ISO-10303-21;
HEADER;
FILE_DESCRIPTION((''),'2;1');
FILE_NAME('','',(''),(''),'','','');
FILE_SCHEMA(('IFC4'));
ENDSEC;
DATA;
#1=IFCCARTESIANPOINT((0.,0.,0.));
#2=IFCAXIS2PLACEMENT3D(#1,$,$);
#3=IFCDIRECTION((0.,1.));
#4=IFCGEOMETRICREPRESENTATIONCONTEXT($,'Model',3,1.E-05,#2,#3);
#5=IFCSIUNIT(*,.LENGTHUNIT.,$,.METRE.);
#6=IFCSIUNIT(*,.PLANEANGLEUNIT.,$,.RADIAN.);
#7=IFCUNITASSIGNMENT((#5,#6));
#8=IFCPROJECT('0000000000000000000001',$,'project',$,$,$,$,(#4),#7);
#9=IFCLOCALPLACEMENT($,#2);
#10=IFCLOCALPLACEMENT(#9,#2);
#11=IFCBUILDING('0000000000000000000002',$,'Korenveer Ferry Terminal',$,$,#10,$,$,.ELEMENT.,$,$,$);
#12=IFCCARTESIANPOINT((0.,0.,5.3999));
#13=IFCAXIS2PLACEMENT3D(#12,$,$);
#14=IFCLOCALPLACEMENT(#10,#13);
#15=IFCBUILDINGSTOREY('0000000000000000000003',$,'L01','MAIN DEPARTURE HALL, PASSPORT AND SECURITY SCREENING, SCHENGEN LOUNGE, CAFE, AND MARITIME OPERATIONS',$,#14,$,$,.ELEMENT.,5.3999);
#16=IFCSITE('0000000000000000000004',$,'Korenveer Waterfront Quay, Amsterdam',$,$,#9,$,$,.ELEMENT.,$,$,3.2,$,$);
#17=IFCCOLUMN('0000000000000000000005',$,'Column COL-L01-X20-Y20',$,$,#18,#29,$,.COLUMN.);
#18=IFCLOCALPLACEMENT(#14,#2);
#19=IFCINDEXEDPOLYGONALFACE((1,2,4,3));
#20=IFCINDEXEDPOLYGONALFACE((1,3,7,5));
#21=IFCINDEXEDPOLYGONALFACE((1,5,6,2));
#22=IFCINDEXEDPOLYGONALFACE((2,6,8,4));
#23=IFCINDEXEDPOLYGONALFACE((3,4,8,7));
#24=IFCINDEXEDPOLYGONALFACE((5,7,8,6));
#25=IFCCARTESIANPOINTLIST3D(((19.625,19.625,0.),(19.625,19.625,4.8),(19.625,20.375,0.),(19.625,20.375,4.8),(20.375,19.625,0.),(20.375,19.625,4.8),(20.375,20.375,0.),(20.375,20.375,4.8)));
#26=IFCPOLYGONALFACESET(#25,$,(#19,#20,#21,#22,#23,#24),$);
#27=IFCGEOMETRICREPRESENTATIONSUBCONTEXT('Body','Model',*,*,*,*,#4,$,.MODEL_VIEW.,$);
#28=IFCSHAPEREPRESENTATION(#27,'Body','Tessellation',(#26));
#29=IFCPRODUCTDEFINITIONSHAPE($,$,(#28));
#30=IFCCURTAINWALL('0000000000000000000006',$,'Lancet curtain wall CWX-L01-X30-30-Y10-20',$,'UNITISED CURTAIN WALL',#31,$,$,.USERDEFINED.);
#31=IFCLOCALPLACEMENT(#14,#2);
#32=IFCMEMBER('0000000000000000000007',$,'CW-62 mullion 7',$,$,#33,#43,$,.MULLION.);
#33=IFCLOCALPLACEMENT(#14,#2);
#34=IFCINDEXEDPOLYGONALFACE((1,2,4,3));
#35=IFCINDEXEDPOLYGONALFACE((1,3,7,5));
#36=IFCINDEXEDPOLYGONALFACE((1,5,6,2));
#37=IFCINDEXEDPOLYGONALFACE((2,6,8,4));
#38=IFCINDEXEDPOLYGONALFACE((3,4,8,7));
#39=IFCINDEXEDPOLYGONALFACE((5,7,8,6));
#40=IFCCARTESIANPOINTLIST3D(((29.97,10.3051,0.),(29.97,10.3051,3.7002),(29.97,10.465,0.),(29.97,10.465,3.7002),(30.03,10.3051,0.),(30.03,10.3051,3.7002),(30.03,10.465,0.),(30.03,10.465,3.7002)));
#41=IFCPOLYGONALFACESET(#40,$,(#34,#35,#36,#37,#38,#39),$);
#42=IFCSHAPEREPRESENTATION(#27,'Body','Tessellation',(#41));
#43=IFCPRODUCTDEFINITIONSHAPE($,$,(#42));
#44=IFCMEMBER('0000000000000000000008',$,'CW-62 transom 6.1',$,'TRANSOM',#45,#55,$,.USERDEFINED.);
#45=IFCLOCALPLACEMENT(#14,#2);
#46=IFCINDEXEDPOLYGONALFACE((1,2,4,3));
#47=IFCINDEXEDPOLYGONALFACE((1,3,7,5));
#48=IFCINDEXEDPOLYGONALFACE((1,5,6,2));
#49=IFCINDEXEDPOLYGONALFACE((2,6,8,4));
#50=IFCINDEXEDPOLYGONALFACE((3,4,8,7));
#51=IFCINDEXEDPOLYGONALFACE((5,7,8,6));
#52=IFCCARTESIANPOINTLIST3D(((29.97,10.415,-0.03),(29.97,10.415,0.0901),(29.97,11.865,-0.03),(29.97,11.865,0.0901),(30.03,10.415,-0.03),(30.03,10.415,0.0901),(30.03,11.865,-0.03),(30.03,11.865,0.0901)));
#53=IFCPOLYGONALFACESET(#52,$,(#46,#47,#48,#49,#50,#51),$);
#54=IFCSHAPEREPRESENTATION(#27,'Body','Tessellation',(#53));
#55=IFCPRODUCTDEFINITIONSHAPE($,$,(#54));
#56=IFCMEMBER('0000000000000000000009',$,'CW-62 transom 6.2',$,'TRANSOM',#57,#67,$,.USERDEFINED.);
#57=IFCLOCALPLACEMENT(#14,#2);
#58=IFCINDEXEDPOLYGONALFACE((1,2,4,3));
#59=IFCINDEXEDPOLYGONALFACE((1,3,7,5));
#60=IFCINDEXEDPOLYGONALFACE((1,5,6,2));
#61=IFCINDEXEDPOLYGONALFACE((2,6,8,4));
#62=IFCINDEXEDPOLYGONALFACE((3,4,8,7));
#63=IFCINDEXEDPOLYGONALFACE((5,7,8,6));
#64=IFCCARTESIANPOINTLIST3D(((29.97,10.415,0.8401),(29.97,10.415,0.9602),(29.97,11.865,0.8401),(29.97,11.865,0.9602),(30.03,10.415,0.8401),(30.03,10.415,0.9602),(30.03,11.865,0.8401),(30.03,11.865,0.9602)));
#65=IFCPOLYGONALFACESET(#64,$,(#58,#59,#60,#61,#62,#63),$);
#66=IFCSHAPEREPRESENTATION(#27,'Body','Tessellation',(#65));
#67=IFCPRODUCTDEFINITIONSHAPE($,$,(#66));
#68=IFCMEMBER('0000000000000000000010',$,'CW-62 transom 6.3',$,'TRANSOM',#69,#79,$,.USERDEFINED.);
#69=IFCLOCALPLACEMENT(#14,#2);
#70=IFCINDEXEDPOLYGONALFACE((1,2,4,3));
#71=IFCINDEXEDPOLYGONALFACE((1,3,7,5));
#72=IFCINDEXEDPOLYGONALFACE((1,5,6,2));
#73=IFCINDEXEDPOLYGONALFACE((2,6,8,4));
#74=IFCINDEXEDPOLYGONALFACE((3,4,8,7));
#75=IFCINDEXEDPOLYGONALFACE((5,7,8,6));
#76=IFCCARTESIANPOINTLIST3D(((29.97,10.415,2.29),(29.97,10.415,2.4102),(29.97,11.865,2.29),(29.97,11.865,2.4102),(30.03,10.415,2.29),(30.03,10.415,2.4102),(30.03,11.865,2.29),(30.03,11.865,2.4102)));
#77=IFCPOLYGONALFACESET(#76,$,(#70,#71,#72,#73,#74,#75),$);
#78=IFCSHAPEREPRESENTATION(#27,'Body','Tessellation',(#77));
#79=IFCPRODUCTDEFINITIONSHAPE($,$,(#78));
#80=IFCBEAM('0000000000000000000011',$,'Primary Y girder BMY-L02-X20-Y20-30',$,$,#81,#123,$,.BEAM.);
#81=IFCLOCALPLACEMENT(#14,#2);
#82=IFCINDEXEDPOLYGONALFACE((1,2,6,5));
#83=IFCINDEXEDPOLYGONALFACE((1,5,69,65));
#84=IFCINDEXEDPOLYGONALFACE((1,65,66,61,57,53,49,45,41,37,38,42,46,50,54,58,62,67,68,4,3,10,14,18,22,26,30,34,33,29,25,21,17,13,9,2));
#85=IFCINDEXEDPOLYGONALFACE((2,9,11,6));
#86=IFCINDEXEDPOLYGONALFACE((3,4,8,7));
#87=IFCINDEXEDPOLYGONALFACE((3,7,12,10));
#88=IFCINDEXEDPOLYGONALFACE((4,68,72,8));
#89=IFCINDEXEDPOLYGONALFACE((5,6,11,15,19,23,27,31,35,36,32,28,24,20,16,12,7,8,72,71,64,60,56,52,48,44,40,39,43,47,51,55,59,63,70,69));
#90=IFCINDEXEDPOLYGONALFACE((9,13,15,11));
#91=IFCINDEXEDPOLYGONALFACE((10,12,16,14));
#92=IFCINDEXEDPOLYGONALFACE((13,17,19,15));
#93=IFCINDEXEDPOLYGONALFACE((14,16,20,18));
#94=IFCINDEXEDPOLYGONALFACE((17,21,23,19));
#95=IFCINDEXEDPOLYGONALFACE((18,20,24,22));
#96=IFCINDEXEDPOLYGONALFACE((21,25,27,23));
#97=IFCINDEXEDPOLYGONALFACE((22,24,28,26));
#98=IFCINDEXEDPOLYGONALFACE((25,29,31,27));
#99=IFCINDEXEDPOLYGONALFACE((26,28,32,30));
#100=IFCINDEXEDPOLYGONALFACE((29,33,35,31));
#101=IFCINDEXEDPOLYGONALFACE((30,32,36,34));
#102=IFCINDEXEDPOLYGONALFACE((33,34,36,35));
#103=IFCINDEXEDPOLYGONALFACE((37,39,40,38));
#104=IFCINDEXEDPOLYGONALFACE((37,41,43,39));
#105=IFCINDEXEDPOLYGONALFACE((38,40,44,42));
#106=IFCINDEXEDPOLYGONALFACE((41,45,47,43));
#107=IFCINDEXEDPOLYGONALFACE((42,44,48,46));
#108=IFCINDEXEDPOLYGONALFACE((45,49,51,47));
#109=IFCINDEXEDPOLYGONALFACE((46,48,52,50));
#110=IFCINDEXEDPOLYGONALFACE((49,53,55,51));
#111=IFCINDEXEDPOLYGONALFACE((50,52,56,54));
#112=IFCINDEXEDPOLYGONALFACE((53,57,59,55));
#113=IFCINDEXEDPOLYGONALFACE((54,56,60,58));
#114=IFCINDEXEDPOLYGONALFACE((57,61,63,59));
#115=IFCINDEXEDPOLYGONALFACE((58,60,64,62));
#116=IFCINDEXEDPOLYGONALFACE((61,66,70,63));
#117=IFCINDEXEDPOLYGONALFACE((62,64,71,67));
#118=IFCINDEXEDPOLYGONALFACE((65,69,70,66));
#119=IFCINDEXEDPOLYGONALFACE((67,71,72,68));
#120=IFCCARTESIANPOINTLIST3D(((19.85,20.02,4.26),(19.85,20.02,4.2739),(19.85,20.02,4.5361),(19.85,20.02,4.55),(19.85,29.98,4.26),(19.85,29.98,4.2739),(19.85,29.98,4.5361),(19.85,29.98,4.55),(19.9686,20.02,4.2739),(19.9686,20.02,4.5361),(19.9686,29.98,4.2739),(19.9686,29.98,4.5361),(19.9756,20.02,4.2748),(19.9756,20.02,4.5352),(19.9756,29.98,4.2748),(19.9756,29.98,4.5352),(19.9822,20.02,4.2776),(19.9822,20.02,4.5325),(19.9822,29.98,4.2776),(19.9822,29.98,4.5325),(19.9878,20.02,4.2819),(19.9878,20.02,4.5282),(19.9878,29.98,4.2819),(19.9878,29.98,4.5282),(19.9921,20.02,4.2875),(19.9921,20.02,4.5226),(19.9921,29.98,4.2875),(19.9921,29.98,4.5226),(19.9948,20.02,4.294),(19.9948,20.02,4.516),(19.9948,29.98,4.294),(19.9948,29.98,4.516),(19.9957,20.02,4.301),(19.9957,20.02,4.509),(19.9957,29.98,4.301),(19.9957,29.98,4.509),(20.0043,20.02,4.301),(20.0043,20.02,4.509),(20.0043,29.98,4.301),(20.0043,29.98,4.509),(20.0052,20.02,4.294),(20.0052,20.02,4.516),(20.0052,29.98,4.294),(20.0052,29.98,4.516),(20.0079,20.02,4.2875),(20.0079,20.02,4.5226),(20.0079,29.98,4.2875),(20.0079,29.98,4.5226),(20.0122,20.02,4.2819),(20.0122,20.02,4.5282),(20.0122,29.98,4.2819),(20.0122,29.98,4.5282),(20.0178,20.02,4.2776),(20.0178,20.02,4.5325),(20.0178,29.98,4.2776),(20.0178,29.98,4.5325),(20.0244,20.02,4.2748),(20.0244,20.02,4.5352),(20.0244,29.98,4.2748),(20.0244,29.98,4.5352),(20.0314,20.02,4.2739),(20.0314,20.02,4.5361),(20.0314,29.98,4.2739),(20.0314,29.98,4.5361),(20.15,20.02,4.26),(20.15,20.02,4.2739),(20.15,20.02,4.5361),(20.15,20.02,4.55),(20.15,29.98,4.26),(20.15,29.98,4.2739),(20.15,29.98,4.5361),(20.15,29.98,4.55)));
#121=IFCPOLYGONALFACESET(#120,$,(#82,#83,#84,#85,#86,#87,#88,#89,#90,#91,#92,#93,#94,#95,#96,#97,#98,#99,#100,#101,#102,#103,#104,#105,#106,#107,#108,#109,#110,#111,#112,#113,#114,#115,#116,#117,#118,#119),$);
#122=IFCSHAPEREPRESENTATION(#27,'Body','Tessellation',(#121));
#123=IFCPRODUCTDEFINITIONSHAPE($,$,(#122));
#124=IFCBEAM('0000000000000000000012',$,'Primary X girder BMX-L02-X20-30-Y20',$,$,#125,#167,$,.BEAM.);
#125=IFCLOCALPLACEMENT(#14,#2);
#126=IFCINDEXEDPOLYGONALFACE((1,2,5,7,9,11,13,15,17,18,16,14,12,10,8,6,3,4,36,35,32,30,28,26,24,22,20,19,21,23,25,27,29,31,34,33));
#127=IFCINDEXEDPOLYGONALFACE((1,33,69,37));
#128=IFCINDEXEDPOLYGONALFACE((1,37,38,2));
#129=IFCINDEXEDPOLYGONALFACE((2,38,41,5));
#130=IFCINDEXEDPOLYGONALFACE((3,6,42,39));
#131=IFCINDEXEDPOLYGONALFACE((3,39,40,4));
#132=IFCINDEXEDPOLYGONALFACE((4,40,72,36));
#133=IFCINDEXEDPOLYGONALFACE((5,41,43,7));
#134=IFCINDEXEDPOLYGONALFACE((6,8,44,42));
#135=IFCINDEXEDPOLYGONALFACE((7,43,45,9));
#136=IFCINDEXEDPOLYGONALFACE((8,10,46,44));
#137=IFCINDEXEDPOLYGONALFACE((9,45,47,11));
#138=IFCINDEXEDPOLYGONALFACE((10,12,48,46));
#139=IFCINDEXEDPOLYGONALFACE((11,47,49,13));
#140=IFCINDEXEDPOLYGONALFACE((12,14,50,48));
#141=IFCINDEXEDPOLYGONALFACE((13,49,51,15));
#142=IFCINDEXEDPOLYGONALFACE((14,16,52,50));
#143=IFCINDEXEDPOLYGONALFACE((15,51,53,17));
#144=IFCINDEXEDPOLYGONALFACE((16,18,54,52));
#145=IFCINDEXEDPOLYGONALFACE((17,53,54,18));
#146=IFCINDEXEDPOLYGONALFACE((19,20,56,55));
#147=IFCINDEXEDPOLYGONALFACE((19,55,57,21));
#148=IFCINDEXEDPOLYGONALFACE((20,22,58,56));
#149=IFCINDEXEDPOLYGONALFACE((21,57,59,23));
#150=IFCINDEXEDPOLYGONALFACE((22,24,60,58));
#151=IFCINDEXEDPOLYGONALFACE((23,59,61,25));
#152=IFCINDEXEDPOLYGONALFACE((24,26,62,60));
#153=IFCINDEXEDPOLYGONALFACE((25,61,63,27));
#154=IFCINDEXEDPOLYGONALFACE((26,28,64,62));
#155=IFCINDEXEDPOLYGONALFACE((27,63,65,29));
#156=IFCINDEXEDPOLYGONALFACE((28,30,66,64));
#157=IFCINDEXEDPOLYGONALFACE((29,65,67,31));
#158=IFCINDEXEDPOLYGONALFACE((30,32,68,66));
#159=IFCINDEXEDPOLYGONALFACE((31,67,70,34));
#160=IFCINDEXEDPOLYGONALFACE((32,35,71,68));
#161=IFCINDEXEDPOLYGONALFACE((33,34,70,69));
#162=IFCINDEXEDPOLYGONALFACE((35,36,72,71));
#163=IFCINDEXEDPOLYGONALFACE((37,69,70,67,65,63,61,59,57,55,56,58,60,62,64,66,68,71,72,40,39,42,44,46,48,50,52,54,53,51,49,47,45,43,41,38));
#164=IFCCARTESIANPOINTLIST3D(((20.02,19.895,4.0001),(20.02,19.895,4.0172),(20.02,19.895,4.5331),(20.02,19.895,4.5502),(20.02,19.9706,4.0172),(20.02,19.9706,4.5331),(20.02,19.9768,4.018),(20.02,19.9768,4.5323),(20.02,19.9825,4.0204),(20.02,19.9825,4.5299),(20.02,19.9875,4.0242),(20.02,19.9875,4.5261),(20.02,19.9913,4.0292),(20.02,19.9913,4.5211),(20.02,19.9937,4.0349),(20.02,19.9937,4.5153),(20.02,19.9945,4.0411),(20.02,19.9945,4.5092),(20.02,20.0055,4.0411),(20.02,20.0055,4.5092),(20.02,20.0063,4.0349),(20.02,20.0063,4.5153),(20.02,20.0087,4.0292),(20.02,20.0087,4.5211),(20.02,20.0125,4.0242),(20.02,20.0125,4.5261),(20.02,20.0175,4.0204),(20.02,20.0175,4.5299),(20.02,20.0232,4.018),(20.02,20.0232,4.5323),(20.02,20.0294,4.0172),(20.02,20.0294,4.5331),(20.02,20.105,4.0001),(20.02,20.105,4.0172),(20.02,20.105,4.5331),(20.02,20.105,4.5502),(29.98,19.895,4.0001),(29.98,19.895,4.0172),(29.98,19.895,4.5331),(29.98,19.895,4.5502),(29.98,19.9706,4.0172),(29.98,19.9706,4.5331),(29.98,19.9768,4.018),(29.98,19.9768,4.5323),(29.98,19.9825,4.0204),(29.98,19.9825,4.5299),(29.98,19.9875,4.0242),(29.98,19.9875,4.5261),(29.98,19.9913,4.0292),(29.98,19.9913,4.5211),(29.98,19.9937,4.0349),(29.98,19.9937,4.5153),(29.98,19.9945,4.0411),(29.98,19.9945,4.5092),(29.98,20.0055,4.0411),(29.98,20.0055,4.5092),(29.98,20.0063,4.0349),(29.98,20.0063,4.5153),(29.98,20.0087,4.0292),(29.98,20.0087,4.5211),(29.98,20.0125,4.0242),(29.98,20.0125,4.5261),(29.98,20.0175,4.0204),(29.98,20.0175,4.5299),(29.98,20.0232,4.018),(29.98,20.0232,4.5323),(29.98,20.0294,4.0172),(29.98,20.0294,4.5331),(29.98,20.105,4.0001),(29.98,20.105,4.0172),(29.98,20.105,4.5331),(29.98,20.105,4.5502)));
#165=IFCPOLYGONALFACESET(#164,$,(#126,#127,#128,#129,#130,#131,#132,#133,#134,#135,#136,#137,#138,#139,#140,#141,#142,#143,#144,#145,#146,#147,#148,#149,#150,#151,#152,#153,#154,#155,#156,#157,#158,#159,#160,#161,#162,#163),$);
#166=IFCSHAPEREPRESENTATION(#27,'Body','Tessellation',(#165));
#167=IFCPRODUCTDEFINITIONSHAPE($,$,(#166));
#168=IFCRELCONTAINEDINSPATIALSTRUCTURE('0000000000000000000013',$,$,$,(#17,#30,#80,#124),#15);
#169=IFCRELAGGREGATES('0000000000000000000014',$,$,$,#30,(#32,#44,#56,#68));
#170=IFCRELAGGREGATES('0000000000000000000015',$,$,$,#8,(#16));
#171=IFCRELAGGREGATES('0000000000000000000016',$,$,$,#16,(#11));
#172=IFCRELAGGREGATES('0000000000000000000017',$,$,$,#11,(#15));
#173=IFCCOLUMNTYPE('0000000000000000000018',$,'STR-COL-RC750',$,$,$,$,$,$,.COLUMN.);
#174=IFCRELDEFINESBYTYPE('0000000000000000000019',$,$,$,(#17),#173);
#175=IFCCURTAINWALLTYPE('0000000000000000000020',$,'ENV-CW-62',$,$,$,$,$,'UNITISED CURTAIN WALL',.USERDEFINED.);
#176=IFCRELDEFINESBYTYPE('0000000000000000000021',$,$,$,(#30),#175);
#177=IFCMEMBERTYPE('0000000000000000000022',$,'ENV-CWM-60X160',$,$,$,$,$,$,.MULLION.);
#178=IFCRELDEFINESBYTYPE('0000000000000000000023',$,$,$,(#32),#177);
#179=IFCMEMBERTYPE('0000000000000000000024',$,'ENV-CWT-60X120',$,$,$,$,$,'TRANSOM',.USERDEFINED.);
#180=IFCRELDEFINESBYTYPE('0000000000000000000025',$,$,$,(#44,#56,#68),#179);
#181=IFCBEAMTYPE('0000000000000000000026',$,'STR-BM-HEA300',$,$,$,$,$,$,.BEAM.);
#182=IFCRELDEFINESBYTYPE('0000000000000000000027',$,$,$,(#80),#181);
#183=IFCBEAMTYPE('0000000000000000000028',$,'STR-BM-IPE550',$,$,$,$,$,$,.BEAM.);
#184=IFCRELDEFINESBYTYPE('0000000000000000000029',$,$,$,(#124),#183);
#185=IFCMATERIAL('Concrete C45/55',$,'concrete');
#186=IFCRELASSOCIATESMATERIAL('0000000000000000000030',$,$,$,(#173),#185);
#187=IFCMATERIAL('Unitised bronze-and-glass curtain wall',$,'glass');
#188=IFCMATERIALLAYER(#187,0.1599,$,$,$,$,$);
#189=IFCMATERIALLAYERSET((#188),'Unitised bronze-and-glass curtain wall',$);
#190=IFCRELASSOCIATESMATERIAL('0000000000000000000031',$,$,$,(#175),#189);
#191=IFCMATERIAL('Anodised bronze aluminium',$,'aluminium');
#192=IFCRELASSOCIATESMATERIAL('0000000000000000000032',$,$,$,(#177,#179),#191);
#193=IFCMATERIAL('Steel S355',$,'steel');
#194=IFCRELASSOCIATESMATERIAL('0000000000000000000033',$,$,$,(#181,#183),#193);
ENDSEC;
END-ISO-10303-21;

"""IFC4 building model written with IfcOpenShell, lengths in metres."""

from ifc_helpers import new_model, si_unit, direction, frame, origin, origin_2d, place, context, subcontext, project, spatial, rectangle, i_section, extrude, material, layer, layer_set, material_profile, profile_set, type_object, element, aggregate, save


model = new_model("IFC4")

# Units and contexts
model_context = context("Model", 3, precision=1e-05, world=origin(), true_north=direction((0.0, 1.0)))
body_context = subcontext(model_context, "Body", "Model", "MODEL_VIEW")
ifc_project = project(units=[si_unit("LENGTHUNIT", "METRE"), si_unit("PLANEANGLEUNIT", "RADIAN")], contexts=[model_context])

# Site, building, storey
site_placement = place(None, origin())
site = spatial("IfcSite", under=ifc_project, at=site_placement, Name="Korenveer Waterfront Quay, Amsterdam", CompositionType="ELEMENT", RefElevation=3.2)
building_placement = place(site_placement, origin())
building = spatial("IfcBuilding", under=site, at=building_placement, Name="Korenveer Ferry Terminal", CompositionType="ELEMENT")
storey_placement = place(building_placement, frame((0.0, 0.0, 5.3999)))
storey = spatial("IfcBuildingStorey", under=building, at=storey_placement, Name="L01", Description="MAIN DEPARTURE HALL, PASSPORT AND SECURITY SCREENING, SCHENGEN LOUNGE, CAFE, AND MARITIME OPERATIONS", CompositionType="ELEMENT", Elevation=5.3999)

# Column
ifc_material_1 = material(Name="Concrete C45/55", Category="concrete")
ifc_material_profile_1 = material_profile(ifc_material_1, rectangle(XDim=0.75, YDim=0.75, at=origin_2d()), Name="RC 750x750")
ifc_profile_set_1 = profile_set([ifc_material_profile_1], Name="Concrete C45/55")
column_type = type_object("IfcColumnType", Name="STR-COL-RC750", PredefinedType="COLUMN", material=ifc_profile_set_1)
column_placement = place(storey_placement, frame((20.0, 20.0, 0.0), z_axis=(0.0, 0.0, 1.0), x_axis=(1.0, 0.0, 0.0)))
element("IfcColumn", 1, at=column_placement, inside=storey, type_object=column_type, Name="Column COL-L01-X20-Y20", PredefinedType="COLUMN", context=body_context, shape_type="SweptSolid", body=[
    extrude(rectangle(XDim=0.75, YDim=0.75, at=origin_2d()), origin(), (0.0, 0.0, 1.0), 4.8),
])

# Curtain wall, members
ifc_material_2 = material(Name="Unitised bronze-and-glass curtain wall", Category="glass")
ifc_layer_1 = layer(ifc_material_2, 0.1599)
ifc_layer_set_1 = layer_set([ifc_layer_1], Name="Unitised bronze-and-glass curtain wall")
curtain_wall_type = type_object("IfcCurtainWallType", Name="ENV-CW-62", ElementType="UNITISED CURTAIN WALL", PredefinedType="USERDEFINED", material=ifc_layer_set_1)
curtain_wall_placement = place(storey_placement, frame((30.0, 19.595, 0.0)))
curtain_wall = element("IfcCurtainWall", 2, at=curtain_wall_placement, inside=storey, type_object=curtain_wall_type, Name="Lancet curtain wall CWX-L01-X30-30-Y10-20", ObjectType="UNITISED CURTAIN WALL", PredefinedType="USERDEFINED")
ifc_material_3 = material(Name="Anodised bronze aluminium", Category="aluminium")
ifc_material_profile_2 = material_profile(ifc_material_3, rectangle(XDim=0.0601, YDim=0.1599, at=origin_2d()), Name="ALU 60x160")
ifc_profile_set_2 = profile_set([ifc_material_profile_2], Name="Anodised bronze aluminium")
member_type_1 = type_object("IfcMemberType", Name="ENV-CWM-60X160", PredefinedType="MULLION", material=ifc_profile_set_2)
member_1_placement = place(storey_placement, frame((30.0, 10.385, 0.0), z_axis=(0.0, 0.0, 1.0), x_axis=(1.0, 0.0, 0.0)))
member_1 = element("IfcMember", 3, at=member_1_placement, type_object=member_type_1, Name="CW-62 mullion 7", PredefinedType="MULLION", context=body_context, shape_type="SweptSolid", body=[
    extrude(rectangle(XDim=0.0601, YDim=0.1599, at=origin_2d()), origin(), (0.0, 0.0, 1.0), 3.7002),
])
ifc_material_profile_3 = material_profile(ifc_material_3, rectangle(XDim=0.0601, YDim=0.1201, at=origin_2d()), Name="ALU 60x120")
ifc_profile_set_3 = profile_set([ifc_material_profile_3], Name="Anodised bronze aluminium")
member_type_2 = type_object("IfcMemberType", Name="ENV-CWT-60X120", ElementType="TRANSOM", PredefinedType="USERDEFINED", material=ifc_profile_set_3)
member_2_placement = place(storey_placement, frame((30.0, 11.865, 0.03), z_axis=(0.0, -1.0, 0.0), x_axis=(1.0, 0.0, 0.0)))
member_2 = element("IfcMember", 4, at=member_2_placement, type_object=member_type_2, Name="CW-62 transom 6.1", ObjectType="TRANSOM", PredefinedType="USERDEFINED", context=body_context, shape_type="SweptSolid", body=[
    extrude(rectangle(XDim=0.0601, YDim=0.1201, at=origin_2d()), origin(), (0.0, 0.0, 1.0), 1.45),
])
member_3_placement = place(storey_placement, frame((30.0, 11.865, 0.9001), z_axis=(0.0, -1.0, 0.0), x_axis=(1.0, 0.0, 0.0)))
member_3 = element("IfcMember", 5, at=member_3_placement, type_object=member_type_2, Name="CW-62 transom 6.2", ObjectType="TRANSOM", PredefinedType="USERDEFINED", context=body_context, shape_type="SweptSolid", body=[
    extrude(rectangle(XDim=0.0601, YDim=0.1201, at=origin_2d()), origin(), (0.0, 0.0, 1.0), 1.45),
])
member_4_placement = place(storey_placement, frame((30.0, 11.865, 2.3501), z_axis=(0.0, -1.0, 0.0), x_axis=(1.0, 0.0, 0.0)))
member_4 = element("IfcMember", 6, at=member_4_placement, type_object=member_type_2, Name="CW-62 transom 6.3", ObjectType="TRANSOM", PredefinedType="USERDEFINED", context=body_context, shape_type="SweptSolid", body=[
    extrude(rectangle(XDim=0.0601, YDim=0.1201, at=origin_2d()), origin(), (0.0, 0.0, 1.0), 1.45),
])

# Beams
ifc_material_4 = material(Name="Steel S355", Category="steel")
ifc_material_profile_4 = material_profile(ifc_material_4, i_section(OverallWidth=0.3, OverallDepth=0.29, WebThickness=0.0085, FlangeThickness=0.0139, FilletRadius=0.0271, at=origin_2d()), Name="HEA 300")
ifc_profile_set_4 = profile_set([ifc_material_profile_4], Name="Steel S355")
beam_type_1 = type_object("IfcBeamType", Name="STR-BM-HEA300", PredefinedType="BEAM", material=ifc_profile_set_4)
beam_1_placement = place(storey_placement, frame((20.0, 20.02, 4.405), z_axis=(0.0, 1.0, 0.0), x_axis=(-1.0, 0.0, 0.0)))
element("IfcBeam", 7, at=beam_1_placement, inside=storey, type_object=beam_type_1, Name="Primary Y girder BMY-L02-X20-Y20-30", PredefinedType="BEAM", context=body_context, shape_type="SweptSolid", body=[
    extrude(i_section(OverallWidth=0.3, OverallDepth=0.29, WebThickness=0.0085, FlangeThickness=0.0139, FilletRadius=0.0271, at=origin_2d()), origin(), (0.0, 0.0, 1.0), 9.96),
])
ifc_material_profile_5 = material_profile(ifc_material_4, i_section(OverallWidth=0.21, OverallDepth=0.55, WebThickness=0.011, FlangeThickness=0.0171, FilletRadius=0.0239, at=origin_2d()), Name="IPE 550")
ifc_profile_set_5 = profile_set([ifc_material_profile_5], Name="Steel S355")
beam_type_2 = type_object("IfcBeamType", Name="STR-BM-IPE550", PredefinedType="BEAM", material=ifc_profile_set_5)
beam_2_placement = place(storey_placement, frame((20.02, 20.0, 4.2751), z_axis=(1.0, 0.0, 0.0), x_axis=(0.0, 1.0, 0.0)))
element("IfcBeam", 8, at=beam_2_placement, inside=storey, type_object=beam_type_2, Name="Primary X girder BMX-L02-X20-30-Y20", PredefinedType="BEAM", context=body_context, shape_type="SweptSolid", body=[
    extrude(i_section(OverallWidth=0.21, OverallDepth=0.55, WebThickness=0.011, FlangeThickness=0.0171, FilletRadius=0.0239, at=origin_2d()), origin(), (0.0, 0.0, 1.0), 9.96),
])

aggregate(curtain_wall, [member_1, member_2, member_3, member_4])

save(model, "model.ifc")
